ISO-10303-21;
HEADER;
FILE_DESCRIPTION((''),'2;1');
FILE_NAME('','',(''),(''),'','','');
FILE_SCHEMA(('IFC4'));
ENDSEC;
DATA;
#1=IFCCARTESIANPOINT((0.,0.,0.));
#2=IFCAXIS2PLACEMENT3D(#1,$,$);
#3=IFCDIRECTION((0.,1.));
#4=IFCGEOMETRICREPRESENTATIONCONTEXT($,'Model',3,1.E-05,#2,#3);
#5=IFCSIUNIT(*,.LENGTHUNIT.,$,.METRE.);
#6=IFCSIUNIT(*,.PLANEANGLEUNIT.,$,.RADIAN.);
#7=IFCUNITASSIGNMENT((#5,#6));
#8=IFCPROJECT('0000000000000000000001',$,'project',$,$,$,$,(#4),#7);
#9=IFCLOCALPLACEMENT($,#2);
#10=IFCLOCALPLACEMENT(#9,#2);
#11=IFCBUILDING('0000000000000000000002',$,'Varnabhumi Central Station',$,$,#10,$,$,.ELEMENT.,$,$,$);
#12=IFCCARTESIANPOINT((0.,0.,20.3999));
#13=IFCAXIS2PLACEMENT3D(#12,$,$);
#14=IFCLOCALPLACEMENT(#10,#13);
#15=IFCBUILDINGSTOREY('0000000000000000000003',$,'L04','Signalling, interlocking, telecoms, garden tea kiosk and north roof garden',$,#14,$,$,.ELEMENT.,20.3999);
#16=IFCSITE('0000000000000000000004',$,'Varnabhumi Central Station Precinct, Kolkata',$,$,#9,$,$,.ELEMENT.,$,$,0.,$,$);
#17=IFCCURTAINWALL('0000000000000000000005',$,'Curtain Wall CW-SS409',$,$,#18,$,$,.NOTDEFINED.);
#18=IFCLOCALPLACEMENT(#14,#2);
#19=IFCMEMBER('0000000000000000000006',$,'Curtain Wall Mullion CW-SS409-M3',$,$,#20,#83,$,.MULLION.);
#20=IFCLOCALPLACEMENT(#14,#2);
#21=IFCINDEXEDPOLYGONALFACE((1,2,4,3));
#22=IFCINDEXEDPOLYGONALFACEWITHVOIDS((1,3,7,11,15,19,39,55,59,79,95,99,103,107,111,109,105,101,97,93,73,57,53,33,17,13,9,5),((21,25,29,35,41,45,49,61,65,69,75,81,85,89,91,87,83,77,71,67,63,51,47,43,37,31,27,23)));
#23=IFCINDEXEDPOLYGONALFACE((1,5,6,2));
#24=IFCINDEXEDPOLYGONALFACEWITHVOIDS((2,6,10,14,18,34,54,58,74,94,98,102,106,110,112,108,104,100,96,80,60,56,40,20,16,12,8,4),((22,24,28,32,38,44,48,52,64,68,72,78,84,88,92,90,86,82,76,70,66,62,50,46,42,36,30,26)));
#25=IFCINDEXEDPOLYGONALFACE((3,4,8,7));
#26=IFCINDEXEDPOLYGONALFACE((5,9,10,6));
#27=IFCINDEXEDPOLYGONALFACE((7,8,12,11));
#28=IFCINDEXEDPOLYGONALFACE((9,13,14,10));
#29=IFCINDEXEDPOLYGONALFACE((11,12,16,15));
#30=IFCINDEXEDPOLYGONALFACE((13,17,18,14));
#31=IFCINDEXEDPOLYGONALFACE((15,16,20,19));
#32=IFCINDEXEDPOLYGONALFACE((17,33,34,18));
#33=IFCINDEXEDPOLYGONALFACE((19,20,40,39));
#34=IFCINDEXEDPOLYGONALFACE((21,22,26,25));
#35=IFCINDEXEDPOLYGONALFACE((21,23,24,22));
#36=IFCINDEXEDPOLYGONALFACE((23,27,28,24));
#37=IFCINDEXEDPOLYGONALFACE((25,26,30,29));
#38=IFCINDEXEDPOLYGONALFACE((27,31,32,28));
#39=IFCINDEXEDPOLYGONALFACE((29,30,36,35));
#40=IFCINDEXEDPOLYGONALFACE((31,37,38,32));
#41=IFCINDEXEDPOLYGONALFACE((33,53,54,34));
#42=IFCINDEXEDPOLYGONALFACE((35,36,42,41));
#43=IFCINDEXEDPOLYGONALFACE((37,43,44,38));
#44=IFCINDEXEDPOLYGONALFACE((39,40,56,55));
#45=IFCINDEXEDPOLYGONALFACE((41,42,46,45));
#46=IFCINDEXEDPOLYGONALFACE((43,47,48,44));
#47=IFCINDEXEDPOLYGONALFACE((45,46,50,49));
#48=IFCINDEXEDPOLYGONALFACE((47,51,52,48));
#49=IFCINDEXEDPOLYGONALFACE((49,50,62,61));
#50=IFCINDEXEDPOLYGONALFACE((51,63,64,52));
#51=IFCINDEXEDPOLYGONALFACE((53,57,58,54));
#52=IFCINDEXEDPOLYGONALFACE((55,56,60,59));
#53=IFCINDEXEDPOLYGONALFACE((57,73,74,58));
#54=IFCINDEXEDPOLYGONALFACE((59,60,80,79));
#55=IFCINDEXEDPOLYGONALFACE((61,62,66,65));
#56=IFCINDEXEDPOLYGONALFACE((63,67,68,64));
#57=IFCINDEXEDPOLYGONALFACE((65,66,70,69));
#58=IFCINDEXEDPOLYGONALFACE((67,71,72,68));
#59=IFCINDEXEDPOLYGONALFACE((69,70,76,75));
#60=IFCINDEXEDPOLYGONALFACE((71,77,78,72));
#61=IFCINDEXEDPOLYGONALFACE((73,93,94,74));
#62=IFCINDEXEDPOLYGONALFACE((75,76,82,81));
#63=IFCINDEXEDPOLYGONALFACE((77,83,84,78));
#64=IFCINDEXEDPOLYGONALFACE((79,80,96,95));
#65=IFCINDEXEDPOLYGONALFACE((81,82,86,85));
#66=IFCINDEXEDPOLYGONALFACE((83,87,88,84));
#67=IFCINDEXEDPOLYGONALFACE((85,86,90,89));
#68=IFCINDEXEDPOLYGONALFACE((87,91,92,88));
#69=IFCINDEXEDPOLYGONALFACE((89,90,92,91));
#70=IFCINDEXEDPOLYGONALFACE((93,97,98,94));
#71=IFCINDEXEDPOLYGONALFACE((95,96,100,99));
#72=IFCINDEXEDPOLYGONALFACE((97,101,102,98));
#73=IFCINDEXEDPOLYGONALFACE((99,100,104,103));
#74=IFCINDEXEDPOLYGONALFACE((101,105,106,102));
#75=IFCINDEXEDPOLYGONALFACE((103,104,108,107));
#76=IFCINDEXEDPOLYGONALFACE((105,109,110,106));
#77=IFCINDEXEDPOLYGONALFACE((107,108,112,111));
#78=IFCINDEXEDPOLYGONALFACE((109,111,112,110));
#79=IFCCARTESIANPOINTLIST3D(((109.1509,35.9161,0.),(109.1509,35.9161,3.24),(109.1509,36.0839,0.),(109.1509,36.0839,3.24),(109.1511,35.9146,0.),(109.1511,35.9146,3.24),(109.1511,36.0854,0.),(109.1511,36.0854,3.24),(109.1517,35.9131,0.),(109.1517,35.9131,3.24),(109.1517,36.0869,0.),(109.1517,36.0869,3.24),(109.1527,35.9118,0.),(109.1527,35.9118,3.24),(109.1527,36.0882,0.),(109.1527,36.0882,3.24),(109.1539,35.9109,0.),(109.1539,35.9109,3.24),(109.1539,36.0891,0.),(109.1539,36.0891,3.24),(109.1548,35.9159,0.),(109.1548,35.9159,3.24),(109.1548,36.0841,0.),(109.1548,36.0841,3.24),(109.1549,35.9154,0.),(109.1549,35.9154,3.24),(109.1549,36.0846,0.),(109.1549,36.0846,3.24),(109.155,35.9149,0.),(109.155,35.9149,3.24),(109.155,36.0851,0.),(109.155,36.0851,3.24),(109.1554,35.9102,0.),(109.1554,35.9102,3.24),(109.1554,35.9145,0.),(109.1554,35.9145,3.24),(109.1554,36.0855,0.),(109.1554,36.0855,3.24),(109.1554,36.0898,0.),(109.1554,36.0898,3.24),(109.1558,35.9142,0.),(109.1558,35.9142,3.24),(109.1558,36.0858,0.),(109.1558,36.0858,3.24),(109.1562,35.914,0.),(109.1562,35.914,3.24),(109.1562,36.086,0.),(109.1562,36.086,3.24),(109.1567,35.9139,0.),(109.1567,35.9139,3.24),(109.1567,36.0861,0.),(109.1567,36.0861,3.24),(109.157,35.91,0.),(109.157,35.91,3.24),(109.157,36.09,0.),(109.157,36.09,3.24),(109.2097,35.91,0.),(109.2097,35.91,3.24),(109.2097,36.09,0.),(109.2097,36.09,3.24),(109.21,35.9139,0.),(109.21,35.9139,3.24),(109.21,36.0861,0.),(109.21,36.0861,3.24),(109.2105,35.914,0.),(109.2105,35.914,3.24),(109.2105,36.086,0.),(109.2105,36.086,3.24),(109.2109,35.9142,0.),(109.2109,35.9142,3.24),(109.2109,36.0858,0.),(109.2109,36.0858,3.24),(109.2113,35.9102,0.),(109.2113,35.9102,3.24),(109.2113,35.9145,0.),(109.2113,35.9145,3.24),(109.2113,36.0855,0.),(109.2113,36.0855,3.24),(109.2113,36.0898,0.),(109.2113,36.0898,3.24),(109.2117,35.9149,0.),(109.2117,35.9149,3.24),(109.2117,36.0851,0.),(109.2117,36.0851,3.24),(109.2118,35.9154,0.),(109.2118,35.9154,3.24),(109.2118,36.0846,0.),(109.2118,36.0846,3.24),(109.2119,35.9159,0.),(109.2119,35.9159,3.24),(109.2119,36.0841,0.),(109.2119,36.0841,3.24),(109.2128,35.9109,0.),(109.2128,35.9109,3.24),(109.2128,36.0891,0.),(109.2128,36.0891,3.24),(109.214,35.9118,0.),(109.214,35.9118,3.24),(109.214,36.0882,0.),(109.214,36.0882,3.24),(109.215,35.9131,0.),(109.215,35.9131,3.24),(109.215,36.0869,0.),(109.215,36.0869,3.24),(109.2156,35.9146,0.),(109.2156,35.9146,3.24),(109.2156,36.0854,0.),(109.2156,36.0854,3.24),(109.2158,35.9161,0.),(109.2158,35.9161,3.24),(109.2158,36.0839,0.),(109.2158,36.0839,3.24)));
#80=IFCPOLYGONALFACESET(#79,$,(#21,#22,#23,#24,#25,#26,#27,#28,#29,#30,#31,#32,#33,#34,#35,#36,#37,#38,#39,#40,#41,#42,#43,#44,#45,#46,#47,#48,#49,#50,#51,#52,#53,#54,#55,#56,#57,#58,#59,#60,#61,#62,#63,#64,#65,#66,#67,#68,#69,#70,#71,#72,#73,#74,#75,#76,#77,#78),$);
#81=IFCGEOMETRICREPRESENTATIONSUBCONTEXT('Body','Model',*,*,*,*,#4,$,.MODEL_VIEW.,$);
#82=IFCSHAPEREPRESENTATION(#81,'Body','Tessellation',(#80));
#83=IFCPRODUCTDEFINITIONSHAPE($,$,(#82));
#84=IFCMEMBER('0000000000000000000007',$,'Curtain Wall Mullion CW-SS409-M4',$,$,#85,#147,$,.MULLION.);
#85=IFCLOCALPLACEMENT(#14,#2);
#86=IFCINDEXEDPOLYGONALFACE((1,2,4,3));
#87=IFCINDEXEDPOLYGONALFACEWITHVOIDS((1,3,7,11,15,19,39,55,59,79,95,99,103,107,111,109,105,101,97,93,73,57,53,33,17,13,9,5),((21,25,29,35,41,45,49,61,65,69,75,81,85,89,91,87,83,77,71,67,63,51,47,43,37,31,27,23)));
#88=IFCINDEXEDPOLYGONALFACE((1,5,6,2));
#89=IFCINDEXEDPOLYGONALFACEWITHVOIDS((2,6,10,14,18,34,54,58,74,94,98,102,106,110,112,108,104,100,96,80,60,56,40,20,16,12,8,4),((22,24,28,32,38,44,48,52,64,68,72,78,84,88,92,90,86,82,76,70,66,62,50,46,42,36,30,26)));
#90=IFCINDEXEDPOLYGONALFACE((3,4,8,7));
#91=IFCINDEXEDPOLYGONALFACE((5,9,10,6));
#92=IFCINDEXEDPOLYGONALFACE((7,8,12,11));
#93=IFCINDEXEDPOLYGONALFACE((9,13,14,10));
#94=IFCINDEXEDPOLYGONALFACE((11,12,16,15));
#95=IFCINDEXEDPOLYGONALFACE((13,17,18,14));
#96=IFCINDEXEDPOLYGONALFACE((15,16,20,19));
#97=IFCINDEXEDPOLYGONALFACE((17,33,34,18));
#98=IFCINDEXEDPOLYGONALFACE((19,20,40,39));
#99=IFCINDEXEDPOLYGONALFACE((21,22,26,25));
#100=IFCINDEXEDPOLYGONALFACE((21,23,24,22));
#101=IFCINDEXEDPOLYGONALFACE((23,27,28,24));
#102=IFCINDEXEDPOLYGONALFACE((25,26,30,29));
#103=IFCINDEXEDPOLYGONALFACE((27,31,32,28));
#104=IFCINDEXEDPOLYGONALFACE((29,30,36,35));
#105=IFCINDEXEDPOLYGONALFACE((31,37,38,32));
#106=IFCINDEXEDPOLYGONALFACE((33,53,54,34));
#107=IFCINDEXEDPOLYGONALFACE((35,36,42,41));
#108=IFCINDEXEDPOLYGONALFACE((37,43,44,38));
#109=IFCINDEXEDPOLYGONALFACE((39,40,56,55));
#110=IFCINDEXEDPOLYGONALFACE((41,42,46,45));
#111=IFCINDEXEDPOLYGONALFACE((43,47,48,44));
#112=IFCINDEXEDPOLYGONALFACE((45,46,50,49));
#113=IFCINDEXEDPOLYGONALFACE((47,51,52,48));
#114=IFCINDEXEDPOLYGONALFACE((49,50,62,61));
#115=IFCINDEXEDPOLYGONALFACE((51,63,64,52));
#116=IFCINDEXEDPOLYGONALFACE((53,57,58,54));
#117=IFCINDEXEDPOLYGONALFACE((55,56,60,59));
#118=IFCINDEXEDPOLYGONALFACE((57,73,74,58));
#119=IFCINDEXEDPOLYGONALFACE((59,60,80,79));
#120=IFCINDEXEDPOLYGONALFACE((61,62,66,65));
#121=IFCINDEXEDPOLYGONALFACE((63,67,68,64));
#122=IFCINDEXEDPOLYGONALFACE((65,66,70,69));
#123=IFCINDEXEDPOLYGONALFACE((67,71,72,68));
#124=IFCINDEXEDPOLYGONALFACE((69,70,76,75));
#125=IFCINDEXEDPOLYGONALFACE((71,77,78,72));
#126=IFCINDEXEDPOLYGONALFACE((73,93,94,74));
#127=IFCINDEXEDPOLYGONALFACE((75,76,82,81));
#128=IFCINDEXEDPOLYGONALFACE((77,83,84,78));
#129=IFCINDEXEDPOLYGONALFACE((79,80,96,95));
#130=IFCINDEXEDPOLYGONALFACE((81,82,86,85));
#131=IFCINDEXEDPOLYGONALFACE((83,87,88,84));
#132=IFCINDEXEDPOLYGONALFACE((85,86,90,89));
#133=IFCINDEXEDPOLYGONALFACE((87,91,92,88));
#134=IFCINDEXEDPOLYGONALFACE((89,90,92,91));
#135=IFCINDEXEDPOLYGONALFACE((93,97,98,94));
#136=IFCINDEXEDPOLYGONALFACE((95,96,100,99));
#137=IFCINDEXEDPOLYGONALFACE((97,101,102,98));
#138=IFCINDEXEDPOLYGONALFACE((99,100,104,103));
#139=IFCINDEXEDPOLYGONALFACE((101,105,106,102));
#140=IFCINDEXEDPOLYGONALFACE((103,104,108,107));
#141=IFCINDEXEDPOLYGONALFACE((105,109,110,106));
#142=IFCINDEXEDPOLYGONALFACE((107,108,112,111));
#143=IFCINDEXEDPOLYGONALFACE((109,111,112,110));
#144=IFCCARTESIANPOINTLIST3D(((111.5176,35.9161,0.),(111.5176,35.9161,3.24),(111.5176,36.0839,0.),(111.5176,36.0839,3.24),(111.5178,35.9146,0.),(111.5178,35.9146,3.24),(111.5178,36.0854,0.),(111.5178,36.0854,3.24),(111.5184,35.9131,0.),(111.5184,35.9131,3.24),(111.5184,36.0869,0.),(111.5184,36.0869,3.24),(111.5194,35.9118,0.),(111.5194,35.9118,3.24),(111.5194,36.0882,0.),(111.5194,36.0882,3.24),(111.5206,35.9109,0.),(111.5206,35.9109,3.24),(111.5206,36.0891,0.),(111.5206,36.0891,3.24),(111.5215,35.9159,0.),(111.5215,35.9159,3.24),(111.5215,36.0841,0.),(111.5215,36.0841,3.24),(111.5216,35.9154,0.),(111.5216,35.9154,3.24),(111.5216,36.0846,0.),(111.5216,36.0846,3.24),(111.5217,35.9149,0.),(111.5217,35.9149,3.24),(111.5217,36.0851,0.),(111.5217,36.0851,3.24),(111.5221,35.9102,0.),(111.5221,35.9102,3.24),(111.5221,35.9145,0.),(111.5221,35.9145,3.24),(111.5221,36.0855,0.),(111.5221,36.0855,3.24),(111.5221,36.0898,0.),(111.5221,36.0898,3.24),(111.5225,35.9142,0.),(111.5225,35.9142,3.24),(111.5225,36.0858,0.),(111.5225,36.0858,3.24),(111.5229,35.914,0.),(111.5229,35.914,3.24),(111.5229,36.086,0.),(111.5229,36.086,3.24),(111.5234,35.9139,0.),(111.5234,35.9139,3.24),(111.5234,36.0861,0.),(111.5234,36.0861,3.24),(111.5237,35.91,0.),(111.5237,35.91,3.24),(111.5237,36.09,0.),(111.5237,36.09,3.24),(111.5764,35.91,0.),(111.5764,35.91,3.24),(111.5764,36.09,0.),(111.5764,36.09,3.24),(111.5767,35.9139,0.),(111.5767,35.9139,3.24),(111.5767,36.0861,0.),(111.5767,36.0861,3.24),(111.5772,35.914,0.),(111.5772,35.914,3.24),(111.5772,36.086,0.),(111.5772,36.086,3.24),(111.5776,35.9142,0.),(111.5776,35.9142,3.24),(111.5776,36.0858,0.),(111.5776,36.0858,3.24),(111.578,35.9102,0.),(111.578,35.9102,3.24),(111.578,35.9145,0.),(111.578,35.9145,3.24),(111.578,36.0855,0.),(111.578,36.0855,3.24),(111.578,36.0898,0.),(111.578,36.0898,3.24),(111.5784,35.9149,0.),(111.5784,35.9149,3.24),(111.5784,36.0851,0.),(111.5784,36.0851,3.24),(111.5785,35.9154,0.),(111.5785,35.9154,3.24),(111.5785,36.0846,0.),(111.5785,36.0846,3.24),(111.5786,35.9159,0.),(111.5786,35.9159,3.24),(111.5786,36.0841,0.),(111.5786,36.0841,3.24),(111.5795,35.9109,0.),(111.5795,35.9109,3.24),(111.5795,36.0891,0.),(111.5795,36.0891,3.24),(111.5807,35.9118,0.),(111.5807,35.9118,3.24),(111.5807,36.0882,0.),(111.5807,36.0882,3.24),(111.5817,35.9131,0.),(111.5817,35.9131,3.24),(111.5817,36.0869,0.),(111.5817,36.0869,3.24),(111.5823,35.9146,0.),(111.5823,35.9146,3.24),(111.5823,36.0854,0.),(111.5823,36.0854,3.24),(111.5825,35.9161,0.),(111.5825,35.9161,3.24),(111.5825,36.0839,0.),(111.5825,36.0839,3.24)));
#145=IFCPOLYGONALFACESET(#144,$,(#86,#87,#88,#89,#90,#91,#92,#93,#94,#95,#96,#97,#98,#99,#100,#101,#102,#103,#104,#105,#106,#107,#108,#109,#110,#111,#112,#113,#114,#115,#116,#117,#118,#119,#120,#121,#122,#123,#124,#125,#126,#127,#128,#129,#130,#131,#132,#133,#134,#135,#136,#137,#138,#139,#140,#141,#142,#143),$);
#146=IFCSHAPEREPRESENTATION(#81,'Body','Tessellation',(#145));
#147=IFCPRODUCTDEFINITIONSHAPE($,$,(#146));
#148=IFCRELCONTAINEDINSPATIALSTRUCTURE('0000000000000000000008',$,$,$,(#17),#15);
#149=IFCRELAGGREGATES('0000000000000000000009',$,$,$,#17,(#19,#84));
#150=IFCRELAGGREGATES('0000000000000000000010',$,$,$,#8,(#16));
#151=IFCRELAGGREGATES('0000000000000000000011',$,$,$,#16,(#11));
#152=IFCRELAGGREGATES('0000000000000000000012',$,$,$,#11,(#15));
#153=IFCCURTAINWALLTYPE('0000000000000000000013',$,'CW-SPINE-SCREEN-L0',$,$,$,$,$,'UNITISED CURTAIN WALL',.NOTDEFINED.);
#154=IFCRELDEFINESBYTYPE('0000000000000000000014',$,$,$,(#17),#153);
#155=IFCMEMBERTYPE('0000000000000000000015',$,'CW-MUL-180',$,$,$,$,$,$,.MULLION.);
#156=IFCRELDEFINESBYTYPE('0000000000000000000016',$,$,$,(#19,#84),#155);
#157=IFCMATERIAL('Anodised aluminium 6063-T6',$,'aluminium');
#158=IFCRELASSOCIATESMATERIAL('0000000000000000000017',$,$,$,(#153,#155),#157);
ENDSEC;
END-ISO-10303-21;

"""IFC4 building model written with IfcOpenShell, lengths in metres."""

from ifc_helpers import new_model, si_unit, direction, frame, origin, origin_2d, place, context, subcontext, project, spatial, hollow_rectangle, extrude, material, material_profile, profile_set, type_object, element, aggregate, save


model = new_model("IFC4")

# Units and contexts
model_context = context("Model", 3, precision=1e-05, world=origin(), true_north=direction((0.0, 1.0)))
body_context = subcontext(model_context, "Body", "Model", "MODEL_VIEW")
ifc_project = project(units=[si_unit("LENGTHUNIT", "METRE"), si_unit("PLANEANGLEUNIT", "RADIAN")], contexts=[model_context])

# Site, building, storey
site_placement = place(None, origin())
site = spatial("IfcSite", under=ifc_project, at=site_placement, Name="Varnabhumi Central Station Precinct, Kolkata", CompositionType="ELEMENT", RefElevation=0.0)
building_placement = place(site_placement, origin())
building = spatial("IfcBuilding", under=site, at=building_placement, Name="Varnabhumi Central Station", CompositionType="ELEMENT")
storey_placement = place(building_placement, frame((0.0, 0.0, 20.3999)))
storey = spatial("IfcBuildingStorey", under=building, at=storey_placement, Name="L04", Description="Signalling, interlocking, telecoms, garden tea kiosk and north roof garden", CompositionType="ELEMENT", Elevation=20.3999)

# Curtain wall, members
ifc_material_1 = material(Name="Anodised aluminium 6063-T6", Category="aluminium")
curtain_wall_type = type_object("IfcCurtainWallType", Name="CW-SPINE-SCREEN-L0", ElementType="UNITISED CURTAIN WALL", PredefinedType="NOTDEFINED", material=ifc_material_1)
curtain_wall_placement = place(storey_placement, origin())
curtain_wall = element("IfcCurtainWall", 1, at=curtain_wall_placement, inside=storey, type_object=curtain_wall_type, Name="Curtain Wall CW-SS409", PredefinedType="NOTDEFINED")
ifc_material_profile_1 = material_profile(ifc_material_1, hollow_rectangle(XDim=0.0649, YDim=0.1799, WallThickness=0.0039, InnerFilletRadius=0.002, OuterFilletRadius=0.0061, at=origin_2d()), Name="Anodised aluminium 6063-T6", Category="aluminium")
ifc_profile_set_1 = profile_set([ifc_material_profile_1], Name="Anodised aluminium 6063-T6")
member_type_1 = type_object("IfcMemberType", Name="CW-MUL-180", PredefinedType="MULLION", material=ifc_profile_set_1)
member_1_placement = place(storey_placement, frame((109.1833, 36.0, 0.0), z_axis=(0.0, 0.0, 1.0), x_axis=(1.0, 0.0, 0.0)))
member_1 = element("IfcMember", 2, at=member_1_placement, type_object=member_type_1, Name="Curtain Wall Mullion CW-SS409-M3", PredefinedType="MULLION", context=body_context, shape_type="SweptSolid", body=[
    extrude(hollow_rectangle(XDim=0.0649, YDim=0.1799, WallThickness=0.0039, InnerFilletRadius=0.002, OuterFilletRadius=0.0061, at=origin_2d()), origin(), (0.0, 0.0, 1.0), 3.24),
])
member_2_placement = place(storey_placement, frame((111.55, 36.0, 0.0), z_axis=(0.0, 0.0, 1.0), x_axis=(1.0, 0.0, 0.0)))
member_2 = element("IfcMember", 3, at=member_2_placement, type_object=member_type_1, Name="Curtain Wall Mullion CW-SS409-M4", PredefinedType="MULLION", context=body_context, shape_type="SweptSolid", body=[
    extrude(hollow_rectangle(XDim=0.0649, YDim=0.1799, WallThickness=0.0039, InnerFilletRadius=0.002, OuterFilletRadius=0.0061, at=origin_2d()), origin(), (0.0, 0.0, 1.0), 3.24),
])
aggregate(curtain_wall, [member_1, member_2])

save(model, "model.ifc")
